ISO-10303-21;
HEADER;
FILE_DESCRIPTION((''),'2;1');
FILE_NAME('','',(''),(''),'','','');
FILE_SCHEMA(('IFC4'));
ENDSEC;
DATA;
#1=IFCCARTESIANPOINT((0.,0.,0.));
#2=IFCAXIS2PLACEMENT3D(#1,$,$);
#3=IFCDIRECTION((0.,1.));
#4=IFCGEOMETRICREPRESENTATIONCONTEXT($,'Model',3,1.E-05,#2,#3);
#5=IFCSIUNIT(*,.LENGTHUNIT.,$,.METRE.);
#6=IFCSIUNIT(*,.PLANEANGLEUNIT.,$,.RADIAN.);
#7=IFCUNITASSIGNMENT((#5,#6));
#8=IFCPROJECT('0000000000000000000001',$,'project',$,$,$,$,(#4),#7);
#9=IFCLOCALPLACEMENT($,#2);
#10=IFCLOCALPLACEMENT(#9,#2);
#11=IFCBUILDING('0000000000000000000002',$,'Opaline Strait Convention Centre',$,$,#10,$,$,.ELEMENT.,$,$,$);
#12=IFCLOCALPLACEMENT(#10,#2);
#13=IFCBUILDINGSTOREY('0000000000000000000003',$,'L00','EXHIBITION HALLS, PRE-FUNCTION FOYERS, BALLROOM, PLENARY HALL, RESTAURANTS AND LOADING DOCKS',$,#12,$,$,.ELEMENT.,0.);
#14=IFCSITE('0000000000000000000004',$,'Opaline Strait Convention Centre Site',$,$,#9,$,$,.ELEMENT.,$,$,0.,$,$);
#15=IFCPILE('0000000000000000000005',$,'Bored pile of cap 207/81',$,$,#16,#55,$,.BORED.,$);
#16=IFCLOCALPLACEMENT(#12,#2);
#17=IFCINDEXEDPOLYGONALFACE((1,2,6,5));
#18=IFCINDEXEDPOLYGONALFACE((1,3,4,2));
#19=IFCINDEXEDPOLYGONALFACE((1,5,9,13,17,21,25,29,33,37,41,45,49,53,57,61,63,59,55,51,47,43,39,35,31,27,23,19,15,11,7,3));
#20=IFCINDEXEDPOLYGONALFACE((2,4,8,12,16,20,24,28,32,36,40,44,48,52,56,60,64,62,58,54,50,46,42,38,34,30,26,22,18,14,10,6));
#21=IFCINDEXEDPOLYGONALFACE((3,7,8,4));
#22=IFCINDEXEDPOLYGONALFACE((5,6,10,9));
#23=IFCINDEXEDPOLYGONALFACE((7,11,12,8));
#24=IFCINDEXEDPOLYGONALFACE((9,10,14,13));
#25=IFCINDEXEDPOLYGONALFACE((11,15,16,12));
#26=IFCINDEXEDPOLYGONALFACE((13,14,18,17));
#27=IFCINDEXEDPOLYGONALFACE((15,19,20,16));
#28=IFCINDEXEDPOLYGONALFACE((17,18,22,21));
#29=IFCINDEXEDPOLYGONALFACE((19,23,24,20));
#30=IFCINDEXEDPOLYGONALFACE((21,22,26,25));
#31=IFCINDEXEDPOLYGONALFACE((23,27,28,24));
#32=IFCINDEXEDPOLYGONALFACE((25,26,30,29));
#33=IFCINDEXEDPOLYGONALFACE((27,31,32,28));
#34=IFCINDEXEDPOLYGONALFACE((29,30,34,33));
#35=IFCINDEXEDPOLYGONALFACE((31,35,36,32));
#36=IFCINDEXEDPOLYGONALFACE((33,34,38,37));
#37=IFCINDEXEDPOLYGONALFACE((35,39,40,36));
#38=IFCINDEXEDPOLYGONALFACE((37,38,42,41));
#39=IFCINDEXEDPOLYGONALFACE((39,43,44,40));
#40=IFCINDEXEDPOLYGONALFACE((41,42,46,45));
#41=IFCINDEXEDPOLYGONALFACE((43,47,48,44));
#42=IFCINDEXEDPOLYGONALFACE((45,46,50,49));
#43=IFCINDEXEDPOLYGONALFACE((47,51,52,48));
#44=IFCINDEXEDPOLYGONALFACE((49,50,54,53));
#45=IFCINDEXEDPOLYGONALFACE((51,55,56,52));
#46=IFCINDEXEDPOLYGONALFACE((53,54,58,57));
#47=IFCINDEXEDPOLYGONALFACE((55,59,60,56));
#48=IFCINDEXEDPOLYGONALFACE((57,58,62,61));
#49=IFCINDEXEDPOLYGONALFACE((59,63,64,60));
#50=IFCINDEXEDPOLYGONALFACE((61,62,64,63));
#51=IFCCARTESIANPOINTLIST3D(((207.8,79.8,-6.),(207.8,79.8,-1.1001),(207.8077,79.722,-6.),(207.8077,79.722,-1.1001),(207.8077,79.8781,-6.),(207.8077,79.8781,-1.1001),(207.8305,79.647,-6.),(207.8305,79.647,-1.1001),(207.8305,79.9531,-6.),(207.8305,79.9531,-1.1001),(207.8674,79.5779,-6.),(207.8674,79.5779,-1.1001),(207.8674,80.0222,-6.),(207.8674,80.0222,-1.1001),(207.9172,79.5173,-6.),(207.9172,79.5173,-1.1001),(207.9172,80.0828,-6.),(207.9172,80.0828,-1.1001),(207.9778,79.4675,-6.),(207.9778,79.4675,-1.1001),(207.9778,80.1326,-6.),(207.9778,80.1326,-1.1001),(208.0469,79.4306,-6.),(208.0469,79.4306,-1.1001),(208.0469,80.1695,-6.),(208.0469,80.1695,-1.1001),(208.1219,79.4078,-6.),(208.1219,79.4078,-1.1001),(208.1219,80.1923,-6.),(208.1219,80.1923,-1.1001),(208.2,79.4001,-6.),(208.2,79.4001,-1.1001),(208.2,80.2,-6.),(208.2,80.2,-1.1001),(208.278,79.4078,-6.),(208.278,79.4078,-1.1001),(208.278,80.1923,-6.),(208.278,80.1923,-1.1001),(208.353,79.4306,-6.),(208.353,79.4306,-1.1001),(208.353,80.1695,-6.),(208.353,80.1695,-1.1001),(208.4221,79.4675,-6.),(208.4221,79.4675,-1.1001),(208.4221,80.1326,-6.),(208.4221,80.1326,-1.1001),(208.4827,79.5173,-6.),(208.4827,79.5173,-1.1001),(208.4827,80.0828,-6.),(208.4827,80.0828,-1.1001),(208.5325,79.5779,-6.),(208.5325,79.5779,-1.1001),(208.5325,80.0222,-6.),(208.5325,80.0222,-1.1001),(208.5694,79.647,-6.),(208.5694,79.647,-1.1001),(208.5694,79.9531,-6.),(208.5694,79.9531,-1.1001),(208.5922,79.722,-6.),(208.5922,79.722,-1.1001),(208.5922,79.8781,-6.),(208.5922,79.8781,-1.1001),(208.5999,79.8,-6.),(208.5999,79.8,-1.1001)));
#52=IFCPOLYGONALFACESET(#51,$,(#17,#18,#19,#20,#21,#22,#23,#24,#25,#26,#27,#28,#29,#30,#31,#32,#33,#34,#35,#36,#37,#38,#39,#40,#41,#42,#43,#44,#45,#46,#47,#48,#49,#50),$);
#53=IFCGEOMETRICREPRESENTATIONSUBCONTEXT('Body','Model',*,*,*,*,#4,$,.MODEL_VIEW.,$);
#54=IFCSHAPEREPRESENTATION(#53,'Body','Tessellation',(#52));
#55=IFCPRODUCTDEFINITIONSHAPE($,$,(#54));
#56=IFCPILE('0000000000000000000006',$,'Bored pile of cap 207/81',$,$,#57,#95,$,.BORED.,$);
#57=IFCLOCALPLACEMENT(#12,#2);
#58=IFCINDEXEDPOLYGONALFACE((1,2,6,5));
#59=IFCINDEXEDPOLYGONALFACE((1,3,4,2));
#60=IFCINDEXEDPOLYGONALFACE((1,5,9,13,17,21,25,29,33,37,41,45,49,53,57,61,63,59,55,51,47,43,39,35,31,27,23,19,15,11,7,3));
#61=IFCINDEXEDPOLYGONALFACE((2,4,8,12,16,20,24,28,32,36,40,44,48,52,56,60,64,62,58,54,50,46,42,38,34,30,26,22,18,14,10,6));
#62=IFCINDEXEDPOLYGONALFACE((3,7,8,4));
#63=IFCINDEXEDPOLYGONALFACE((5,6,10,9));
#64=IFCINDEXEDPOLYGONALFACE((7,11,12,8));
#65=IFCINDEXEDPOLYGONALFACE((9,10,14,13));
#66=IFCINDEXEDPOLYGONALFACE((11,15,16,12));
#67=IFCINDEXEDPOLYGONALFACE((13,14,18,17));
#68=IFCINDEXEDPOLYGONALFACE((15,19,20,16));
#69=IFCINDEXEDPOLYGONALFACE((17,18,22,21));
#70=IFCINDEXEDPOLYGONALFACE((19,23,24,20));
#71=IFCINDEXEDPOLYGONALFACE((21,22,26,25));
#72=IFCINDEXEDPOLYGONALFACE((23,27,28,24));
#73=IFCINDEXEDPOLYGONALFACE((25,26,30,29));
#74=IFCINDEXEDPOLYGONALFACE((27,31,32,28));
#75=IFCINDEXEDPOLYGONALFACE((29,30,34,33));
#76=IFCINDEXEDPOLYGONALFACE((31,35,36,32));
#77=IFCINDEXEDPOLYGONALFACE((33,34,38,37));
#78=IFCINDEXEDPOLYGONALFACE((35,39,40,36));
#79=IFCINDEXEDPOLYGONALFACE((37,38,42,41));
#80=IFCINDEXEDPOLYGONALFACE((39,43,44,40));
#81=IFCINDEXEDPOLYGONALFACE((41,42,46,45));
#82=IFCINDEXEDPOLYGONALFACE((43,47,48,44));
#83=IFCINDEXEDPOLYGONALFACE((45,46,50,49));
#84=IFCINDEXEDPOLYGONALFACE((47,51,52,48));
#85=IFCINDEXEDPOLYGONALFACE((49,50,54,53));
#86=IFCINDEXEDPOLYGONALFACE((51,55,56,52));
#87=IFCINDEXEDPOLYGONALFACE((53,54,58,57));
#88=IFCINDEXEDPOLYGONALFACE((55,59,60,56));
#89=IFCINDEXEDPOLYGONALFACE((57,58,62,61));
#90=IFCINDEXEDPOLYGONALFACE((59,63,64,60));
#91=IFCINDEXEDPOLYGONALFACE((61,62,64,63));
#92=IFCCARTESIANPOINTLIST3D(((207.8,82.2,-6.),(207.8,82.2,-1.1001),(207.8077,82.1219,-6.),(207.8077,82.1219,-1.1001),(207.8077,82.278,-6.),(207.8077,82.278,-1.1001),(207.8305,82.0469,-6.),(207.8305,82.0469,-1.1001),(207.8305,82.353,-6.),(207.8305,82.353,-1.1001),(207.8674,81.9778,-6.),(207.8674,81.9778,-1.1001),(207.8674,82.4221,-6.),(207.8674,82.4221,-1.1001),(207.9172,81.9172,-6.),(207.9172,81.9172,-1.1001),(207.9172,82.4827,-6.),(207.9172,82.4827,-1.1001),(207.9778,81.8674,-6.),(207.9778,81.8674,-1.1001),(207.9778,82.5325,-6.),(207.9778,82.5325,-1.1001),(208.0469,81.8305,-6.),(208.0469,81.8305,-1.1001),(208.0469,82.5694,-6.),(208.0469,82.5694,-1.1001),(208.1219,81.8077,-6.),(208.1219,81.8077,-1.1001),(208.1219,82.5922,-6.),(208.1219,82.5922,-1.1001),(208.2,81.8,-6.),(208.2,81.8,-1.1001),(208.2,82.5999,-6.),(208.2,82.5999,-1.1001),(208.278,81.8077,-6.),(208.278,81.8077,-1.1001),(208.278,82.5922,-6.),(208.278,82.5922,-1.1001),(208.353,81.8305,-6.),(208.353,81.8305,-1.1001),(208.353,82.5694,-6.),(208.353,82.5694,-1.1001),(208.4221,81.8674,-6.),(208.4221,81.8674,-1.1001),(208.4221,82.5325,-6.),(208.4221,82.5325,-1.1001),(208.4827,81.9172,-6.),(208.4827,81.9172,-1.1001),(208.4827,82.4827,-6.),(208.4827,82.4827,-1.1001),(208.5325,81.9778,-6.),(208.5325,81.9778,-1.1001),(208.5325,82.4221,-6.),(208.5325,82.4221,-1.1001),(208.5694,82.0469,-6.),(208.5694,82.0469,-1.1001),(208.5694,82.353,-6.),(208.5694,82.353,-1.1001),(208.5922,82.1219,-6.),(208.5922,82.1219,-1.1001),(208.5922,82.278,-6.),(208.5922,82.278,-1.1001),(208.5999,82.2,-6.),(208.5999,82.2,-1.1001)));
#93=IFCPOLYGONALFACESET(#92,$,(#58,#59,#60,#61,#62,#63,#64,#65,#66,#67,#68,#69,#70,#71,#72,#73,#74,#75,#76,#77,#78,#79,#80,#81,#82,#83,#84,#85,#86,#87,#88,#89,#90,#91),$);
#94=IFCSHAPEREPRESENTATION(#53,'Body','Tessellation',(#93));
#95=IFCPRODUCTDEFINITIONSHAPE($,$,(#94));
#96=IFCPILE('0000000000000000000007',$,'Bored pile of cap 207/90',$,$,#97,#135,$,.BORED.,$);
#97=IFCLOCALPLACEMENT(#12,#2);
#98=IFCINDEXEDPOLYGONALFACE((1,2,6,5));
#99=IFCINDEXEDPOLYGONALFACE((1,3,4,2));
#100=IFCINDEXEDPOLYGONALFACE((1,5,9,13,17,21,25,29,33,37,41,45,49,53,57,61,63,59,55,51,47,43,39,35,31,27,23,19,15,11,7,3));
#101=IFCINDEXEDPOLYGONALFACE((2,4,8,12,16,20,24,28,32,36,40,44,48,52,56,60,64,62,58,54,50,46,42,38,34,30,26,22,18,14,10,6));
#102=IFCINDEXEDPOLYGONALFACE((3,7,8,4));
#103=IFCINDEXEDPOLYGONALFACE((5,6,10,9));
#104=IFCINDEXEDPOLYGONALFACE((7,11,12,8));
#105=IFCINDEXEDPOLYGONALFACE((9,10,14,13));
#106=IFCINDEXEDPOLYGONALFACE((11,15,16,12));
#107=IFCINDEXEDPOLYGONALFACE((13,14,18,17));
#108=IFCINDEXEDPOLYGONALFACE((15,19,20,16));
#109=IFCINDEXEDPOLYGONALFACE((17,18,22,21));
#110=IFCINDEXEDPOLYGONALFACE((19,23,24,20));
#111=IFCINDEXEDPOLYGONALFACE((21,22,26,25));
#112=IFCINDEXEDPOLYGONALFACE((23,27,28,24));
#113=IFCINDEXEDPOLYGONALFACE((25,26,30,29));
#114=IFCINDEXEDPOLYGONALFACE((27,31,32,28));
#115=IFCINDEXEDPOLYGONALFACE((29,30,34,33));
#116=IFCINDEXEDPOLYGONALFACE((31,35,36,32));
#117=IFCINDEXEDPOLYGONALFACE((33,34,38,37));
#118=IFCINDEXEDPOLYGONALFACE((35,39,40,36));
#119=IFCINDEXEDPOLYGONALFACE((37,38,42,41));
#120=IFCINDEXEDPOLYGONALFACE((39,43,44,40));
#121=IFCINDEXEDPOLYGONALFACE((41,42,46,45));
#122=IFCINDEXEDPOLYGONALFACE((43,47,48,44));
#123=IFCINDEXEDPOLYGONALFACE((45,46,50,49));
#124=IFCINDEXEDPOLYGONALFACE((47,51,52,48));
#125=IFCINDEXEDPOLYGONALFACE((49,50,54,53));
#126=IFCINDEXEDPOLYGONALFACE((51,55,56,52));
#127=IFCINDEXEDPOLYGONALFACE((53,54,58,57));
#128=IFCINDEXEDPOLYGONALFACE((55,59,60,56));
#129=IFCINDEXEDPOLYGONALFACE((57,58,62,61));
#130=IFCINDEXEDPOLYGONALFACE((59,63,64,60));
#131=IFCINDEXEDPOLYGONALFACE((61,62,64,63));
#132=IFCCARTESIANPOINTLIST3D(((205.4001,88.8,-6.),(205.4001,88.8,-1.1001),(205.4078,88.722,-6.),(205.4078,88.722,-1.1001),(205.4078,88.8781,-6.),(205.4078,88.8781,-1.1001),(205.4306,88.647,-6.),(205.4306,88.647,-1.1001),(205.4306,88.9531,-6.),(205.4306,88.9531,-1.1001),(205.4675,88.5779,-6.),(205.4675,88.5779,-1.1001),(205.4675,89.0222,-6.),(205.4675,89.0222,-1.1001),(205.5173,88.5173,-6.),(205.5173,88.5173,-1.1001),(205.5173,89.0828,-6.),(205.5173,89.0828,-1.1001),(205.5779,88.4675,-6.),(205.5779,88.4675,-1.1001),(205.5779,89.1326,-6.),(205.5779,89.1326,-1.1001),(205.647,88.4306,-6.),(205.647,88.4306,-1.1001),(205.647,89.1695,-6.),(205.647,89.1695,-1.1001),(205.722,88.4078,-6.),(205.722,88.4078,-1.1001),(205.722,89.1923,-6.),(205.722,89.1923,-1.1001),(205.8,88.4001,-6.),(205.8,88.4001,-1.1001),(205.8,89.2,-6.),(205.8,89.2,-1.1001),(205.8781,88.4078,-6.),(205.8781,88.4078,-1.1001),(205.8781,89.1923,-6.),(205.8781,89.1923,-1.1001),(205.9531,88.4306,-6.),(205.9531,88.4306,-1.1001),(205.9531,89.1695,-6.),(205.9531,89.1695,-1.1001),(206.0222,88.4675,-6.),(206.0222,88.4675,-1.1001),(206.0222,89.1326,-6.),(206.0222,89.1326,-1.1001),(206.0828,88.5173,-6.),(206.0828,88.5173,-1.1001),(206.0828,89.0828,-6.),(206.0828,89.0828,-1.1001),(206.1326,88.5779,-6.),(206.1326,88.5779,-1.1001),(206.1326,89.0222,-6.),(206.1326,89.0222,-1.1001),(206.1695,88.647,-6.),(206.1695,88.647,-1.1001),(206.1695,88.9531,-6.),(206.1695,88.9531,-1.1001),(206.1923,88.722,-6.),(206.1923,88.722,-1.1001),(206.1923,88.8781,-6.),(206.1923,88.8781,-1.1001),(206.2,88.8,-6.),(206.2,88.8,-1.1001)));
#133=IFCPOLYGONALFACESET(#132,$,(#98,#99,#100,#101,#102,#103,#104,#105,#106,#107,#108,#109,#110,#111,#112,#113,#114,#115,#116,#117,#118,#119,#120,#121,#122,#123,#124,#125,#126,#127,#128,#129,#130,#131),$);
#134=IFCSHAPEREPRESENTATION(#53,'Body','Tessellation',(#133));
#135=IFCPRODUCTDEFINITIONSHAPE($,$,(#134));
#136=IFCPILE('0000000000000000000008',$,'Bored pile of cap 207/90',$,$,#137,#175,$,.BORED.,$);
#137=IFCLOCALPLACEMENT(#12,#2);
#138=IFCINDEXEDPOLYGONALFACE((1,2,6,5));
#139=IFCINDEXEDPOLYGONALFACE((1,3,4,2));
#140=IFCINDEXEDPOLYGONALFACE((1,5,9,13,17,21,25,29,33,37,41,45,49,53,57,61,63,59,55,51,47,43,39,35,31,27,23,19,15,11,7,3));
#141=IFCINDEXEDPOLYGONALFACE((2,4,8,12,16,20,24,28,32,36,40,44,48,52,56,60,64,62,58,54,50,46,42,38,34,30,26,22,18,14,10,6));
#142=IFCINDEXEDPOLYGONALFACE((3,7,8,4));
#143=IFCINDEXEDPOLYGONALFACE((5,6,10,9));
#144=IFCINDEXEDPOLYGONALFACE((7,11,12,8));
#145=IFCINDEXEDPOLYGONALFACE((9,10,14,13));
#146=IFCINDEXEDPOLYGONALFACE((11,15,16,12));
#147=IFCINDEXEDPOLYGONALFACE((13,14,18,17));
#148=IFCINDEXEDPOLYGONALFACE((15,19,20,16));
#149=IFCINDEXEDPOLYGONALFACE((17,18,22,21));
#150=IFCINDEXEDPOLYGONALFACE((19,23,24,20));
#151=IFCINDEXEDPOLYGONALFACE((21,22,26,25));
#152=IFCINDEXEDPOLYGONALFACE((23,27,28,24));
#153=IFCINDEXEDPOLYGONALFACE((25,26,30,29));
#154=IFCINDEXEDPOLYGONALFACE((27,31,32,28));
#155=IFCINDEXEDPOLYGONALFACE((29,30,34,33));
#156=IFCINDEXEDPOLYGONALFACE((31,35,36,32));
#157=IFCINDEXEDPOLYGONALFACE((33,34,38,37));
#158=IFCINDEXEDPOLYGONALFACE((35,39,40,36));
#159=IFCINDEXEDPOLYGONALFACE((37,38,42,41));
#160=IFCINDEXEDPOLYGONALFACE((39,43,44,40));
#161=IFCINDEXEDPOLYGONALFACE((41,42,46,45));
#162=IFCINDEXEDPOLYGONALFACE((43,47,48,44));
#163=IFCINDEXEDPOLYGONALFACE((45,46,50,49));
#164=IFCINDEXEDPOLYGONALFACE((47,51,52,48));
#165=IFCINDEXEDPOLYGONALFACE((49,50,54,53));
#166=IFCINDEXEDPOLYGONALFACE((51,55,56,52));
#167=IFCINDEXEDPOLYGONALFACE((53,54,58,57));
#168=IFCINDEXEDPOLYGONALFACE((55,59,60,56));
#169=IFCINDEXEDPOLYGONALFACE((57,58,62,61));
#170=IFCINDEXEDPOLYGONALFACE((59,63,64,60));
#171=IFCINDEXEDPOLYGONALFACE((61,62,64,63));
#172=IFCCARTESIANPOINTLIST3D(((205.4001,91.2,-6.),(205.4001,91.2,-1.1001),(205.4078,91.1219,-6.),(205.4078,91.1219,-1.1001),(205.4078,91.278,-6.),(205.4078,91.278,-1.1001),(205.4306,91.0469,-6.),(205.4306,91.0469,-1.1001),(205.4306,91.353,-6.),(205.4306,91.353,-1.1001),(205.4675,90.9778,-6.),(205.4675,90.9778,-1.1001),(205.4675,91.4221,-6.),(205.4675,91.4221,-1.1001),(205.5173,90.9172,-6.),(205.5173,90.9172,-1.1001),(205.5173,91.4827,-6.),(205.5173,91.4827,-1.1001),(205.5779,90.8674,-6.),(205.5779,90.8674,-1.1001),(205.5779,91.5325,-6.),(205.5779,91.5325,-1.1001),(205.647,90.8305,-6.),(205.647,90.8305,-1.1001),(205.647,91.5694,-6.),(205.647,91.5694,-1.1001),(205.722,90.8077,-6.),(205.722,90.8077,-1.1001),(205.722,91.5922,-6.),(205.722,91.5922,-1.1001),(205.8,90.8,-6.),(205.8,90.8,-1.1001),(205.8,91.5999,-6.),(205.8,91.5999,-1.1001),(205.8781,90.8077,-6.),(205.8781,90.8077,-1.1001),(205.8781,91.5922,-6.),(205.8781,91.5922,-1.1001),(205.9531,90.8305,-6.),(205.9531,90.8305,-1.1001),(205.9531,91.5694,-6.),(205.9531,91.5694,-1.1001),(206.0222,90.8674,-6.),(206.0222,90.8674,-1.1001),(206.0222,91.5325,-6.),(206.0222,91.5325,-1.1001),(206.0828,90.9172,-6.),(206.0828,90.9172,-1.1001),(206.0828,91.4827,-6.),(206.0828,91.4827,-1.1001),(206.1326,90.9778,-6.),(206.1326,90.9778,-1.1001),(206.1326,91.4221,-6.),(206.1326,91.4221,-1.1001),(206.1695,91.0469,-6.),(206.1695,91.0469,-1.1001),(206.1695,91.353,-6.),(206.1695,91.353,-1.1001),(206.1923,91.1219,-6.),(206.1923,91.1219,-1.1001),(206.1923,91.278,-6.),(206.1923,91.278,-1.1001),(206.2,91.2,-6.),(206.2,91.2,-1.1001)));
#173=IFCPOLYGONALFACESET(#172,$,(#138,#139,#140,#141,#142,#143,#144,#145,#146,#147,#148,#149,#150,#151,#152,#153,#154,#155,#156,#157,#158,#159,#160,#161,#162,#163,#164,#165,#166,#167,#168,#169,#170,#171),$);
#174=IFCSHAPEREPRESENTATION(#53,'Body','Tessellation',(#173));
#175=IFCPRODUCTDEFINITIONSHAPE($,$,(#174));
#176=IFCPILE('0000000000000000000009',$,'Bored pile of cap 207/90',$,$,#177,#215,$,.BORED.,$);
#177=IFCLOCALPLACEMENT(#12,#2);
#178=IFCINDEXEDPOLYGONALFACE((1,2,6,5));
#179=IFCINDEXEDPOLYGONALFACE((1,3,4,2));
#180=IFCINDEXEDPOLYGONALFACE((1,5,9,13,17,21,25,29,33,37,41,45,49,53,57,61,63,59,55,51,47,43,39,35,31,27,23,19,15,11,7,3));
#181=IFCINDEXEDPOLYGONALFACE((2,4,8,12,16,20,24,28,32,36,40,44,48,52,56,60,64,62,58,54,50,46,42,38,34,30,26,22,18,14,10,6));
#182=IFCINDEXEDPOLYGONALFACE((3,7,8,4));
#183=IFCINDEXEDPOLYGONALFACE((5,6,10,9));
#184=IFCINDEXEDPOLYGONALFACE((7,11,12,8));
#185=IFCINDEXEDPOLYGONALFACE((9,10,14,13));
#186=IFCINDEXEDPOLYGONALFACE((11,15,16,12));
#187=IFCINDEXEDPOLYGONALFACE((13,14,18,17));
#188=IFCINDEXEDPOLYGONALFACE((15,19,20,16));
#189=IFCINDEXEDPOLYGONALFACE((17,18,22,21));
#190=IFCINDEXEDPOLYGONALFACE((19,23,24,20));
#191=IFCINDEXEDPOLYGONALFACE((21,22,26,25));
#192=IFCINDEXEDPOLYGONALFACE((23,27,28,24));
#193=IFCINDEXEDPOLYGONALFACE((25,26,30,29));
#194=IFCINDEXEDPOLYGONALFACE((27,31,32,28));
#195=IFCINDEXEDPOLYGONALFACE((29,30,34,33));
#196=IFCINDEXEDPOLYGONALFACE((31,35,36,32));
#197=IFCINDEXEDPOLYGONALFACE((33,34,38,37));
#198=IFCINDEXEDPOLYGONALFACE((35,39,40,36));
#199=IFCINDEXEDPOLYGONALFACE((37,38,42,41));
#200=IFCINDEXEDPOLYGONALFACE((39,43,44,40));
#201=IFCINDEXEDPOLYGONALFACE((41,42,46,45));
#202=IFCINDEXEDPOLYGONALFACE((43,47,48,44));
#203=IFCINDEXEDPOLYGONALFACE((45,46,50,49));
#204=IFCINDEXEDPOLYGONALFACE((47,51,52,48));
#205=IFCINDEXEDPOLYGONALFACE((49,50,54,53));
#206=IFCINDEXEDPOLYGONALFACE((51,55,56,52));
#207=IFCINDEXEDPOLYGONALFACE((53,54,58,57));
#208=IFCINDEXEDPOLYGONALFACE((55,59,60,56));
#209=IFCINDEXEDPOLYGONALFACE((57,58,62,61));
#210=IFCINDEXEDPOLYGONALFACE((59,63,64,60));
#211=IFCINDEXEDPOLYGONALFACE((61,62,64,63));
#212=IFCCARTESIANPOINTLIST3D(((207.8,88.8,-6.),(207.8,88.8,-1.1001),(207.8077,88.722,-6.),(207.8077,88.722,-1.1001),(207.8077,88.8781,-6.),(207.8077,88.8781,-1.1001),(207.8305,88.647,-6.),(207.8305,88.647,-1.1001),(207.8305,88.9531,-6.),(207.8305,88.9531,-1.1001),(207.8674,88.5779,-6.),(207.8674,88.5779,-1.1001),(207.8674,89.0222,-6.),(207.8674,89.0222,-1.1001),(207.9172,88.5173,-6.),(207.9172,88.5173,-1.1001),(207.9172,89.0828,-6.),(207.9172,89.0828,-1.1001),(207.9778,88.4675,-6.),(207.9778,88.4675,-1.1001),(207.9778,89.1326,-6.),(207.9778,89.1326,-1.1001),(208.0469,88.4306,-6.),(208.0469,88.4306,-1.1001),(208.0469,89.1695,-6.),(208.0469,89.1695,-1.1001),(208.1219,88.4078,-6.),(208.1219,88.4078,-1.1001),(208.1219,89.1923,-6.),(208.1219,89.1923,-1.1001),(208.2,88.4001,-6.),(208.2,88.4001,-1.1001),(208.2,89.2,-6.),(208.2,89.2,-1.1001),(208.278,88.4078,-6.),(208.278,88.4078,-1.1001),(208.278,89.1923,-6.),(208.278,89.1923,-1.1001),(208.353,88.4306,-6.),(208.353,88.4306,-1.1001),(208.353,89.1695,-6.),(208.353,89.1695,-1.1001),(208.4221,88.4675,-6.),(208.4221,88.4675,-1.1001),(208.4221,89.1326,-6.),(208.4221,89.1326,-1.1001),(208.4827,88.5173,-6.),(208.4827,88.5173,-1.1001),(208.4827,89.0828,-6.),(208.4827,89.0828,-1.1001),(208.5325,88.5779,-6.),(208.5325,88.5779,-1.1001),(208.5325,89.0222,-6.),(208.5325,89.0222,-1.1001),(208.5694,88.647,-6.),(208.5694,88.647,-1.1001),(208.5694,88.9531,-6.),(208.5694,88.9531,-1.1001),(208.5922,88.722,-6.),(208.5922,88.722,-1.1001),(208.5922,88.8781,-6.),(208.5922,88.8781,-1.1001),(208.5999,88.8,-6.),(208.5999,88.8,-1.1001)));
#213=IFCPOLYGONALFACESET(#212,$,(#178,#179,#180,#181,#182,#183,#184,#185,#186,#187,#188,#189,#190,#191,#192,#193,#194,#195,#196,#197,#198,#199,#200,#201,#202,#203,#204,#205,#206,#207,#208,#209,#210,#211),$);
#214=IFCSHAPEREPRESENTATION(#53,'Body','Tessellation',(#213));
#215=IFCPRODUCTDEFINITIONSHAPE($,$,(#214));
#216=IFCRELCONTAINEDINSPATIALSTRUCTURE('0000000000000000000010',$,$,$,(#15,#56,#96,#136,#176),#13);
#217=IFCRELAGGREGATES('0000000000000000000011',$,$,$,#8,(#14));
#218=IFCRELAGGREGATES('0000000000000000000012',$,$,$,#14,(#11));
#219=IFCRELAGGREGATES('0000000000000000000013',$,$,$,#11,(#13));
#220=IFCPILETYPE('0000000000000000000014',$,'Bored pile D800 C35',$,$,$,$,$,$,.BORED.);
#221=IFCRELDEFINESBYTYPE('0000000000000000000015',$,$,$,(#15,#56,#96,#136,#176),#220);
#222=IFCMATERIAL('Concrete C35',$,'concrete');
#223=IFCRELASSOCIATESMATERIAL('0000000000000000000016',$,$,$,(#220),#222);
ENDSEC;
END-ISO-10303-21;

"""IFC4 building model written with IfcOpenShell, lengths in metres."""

from ifc_helpers import new_model, si_unit, direction, frame, origin, origin_2d, place, context, subcontext, project, spatial, circle, extrude, material, material_profile, profile_set, type_object, element, save


model = new_model("IFC4")

# Units and contexts
model_context = context("Model", 3, precision=1e-05, world=origin(), true_north=direction((0.0, 1.0)))
body_context = subcontext(model_context, "Body", "Model", "MODEL_VIEW")
ifc_project = project(units=[si_unit("LENGTHUNIT", "METRE"), si_unit("PLANEANGLEUNIT", "RADIAN")], contexts=[model_context])

# Site, building, storey
site_placement = place(None, origin())
site = spatial("IfcSite", under=ifc_project, at=site_placement, Name="Opaline Strait Convention Centre Site", CompositionType="ELEMENT", RefElevation=0.0)
building_placement = place(site_placement, origin())
building = spatial("IfcBuilding", under=site, at=building_placement, Name="Opaline Strait Convention Centre", CompositionType="ELEMENT")
storey_placement = place(building_placement, origin())
storey = spatial("IfcBuildingStorey", under=building, at=storey_placement, Name="L00", Description="EXHIBITION HALLS, PRE-FUNCTION FOYERS, BALLROOM, PLENARY HALL, RESTAURANTS AND LOADING DOCKS", CompositionType="ELEMENT", Elevation=0.0)

# Piles
ifc_material_1 = material(Name="Concrete C35", Category="concrete")
ifc_material_profile_1 = material_profile(ifc_material_1, circle(Radius=0.3999, at=origin_2d()), Name="D800")
ifc_profile_set_1 = profile_set([ifc_material_profile_1], Name="Concrete C35")
pile_type = type_object("IfcPileType", Name="Bored pile D800 C35", PredefinedType="BORED", material=ifc_profile_set_1)
for number, where, z_axis, x_axis, name in (
    (1, (208.2, 79.8, -1.1001), (0.0, 0.0, -1.0), (1.0, 0.0, 0.0), "Bored pile of cap 207/81"),
    (2, (208.2, 82.2, -1.1001), (0.0, 0.0, -1.0), (1.0, 0.0, 0.0), "Bored pile of cap 207/81"),
    (3, (205.8, 88.8, -1.1001), (0.0, 0.0, -1.0), (1.0, 0.0, 0.0), "Bored pile of cap 207/90"),
    (4, (205.8, 91.2, -1.1001), (0.0, 0.0, -1.0), (1.0, 0.0, 0.0), "Bored pile of cap 207/90"),
    (5, (208.2, 88.8, -1.1001), (0.0, 0.0, -1.0), (1.0, 0.0, 0.0), "Bored pile of cap 207/90"),
):
    element("IfcPile", number, at=place(storey_placement, frame(where, z_axis=z_axis, x_axis=x_axis)), inside=storey, type_object=pile_type, Name=name, PredefinedType="BORED", context=body_context, shape_type="SweptSolid", body=[
        extrude(circle(Radius=0.3999, at=origin_2d()), origin(), (0.0, 0.0, 1.0), 4.8999),
    ])

save(model, "model.ifc")
